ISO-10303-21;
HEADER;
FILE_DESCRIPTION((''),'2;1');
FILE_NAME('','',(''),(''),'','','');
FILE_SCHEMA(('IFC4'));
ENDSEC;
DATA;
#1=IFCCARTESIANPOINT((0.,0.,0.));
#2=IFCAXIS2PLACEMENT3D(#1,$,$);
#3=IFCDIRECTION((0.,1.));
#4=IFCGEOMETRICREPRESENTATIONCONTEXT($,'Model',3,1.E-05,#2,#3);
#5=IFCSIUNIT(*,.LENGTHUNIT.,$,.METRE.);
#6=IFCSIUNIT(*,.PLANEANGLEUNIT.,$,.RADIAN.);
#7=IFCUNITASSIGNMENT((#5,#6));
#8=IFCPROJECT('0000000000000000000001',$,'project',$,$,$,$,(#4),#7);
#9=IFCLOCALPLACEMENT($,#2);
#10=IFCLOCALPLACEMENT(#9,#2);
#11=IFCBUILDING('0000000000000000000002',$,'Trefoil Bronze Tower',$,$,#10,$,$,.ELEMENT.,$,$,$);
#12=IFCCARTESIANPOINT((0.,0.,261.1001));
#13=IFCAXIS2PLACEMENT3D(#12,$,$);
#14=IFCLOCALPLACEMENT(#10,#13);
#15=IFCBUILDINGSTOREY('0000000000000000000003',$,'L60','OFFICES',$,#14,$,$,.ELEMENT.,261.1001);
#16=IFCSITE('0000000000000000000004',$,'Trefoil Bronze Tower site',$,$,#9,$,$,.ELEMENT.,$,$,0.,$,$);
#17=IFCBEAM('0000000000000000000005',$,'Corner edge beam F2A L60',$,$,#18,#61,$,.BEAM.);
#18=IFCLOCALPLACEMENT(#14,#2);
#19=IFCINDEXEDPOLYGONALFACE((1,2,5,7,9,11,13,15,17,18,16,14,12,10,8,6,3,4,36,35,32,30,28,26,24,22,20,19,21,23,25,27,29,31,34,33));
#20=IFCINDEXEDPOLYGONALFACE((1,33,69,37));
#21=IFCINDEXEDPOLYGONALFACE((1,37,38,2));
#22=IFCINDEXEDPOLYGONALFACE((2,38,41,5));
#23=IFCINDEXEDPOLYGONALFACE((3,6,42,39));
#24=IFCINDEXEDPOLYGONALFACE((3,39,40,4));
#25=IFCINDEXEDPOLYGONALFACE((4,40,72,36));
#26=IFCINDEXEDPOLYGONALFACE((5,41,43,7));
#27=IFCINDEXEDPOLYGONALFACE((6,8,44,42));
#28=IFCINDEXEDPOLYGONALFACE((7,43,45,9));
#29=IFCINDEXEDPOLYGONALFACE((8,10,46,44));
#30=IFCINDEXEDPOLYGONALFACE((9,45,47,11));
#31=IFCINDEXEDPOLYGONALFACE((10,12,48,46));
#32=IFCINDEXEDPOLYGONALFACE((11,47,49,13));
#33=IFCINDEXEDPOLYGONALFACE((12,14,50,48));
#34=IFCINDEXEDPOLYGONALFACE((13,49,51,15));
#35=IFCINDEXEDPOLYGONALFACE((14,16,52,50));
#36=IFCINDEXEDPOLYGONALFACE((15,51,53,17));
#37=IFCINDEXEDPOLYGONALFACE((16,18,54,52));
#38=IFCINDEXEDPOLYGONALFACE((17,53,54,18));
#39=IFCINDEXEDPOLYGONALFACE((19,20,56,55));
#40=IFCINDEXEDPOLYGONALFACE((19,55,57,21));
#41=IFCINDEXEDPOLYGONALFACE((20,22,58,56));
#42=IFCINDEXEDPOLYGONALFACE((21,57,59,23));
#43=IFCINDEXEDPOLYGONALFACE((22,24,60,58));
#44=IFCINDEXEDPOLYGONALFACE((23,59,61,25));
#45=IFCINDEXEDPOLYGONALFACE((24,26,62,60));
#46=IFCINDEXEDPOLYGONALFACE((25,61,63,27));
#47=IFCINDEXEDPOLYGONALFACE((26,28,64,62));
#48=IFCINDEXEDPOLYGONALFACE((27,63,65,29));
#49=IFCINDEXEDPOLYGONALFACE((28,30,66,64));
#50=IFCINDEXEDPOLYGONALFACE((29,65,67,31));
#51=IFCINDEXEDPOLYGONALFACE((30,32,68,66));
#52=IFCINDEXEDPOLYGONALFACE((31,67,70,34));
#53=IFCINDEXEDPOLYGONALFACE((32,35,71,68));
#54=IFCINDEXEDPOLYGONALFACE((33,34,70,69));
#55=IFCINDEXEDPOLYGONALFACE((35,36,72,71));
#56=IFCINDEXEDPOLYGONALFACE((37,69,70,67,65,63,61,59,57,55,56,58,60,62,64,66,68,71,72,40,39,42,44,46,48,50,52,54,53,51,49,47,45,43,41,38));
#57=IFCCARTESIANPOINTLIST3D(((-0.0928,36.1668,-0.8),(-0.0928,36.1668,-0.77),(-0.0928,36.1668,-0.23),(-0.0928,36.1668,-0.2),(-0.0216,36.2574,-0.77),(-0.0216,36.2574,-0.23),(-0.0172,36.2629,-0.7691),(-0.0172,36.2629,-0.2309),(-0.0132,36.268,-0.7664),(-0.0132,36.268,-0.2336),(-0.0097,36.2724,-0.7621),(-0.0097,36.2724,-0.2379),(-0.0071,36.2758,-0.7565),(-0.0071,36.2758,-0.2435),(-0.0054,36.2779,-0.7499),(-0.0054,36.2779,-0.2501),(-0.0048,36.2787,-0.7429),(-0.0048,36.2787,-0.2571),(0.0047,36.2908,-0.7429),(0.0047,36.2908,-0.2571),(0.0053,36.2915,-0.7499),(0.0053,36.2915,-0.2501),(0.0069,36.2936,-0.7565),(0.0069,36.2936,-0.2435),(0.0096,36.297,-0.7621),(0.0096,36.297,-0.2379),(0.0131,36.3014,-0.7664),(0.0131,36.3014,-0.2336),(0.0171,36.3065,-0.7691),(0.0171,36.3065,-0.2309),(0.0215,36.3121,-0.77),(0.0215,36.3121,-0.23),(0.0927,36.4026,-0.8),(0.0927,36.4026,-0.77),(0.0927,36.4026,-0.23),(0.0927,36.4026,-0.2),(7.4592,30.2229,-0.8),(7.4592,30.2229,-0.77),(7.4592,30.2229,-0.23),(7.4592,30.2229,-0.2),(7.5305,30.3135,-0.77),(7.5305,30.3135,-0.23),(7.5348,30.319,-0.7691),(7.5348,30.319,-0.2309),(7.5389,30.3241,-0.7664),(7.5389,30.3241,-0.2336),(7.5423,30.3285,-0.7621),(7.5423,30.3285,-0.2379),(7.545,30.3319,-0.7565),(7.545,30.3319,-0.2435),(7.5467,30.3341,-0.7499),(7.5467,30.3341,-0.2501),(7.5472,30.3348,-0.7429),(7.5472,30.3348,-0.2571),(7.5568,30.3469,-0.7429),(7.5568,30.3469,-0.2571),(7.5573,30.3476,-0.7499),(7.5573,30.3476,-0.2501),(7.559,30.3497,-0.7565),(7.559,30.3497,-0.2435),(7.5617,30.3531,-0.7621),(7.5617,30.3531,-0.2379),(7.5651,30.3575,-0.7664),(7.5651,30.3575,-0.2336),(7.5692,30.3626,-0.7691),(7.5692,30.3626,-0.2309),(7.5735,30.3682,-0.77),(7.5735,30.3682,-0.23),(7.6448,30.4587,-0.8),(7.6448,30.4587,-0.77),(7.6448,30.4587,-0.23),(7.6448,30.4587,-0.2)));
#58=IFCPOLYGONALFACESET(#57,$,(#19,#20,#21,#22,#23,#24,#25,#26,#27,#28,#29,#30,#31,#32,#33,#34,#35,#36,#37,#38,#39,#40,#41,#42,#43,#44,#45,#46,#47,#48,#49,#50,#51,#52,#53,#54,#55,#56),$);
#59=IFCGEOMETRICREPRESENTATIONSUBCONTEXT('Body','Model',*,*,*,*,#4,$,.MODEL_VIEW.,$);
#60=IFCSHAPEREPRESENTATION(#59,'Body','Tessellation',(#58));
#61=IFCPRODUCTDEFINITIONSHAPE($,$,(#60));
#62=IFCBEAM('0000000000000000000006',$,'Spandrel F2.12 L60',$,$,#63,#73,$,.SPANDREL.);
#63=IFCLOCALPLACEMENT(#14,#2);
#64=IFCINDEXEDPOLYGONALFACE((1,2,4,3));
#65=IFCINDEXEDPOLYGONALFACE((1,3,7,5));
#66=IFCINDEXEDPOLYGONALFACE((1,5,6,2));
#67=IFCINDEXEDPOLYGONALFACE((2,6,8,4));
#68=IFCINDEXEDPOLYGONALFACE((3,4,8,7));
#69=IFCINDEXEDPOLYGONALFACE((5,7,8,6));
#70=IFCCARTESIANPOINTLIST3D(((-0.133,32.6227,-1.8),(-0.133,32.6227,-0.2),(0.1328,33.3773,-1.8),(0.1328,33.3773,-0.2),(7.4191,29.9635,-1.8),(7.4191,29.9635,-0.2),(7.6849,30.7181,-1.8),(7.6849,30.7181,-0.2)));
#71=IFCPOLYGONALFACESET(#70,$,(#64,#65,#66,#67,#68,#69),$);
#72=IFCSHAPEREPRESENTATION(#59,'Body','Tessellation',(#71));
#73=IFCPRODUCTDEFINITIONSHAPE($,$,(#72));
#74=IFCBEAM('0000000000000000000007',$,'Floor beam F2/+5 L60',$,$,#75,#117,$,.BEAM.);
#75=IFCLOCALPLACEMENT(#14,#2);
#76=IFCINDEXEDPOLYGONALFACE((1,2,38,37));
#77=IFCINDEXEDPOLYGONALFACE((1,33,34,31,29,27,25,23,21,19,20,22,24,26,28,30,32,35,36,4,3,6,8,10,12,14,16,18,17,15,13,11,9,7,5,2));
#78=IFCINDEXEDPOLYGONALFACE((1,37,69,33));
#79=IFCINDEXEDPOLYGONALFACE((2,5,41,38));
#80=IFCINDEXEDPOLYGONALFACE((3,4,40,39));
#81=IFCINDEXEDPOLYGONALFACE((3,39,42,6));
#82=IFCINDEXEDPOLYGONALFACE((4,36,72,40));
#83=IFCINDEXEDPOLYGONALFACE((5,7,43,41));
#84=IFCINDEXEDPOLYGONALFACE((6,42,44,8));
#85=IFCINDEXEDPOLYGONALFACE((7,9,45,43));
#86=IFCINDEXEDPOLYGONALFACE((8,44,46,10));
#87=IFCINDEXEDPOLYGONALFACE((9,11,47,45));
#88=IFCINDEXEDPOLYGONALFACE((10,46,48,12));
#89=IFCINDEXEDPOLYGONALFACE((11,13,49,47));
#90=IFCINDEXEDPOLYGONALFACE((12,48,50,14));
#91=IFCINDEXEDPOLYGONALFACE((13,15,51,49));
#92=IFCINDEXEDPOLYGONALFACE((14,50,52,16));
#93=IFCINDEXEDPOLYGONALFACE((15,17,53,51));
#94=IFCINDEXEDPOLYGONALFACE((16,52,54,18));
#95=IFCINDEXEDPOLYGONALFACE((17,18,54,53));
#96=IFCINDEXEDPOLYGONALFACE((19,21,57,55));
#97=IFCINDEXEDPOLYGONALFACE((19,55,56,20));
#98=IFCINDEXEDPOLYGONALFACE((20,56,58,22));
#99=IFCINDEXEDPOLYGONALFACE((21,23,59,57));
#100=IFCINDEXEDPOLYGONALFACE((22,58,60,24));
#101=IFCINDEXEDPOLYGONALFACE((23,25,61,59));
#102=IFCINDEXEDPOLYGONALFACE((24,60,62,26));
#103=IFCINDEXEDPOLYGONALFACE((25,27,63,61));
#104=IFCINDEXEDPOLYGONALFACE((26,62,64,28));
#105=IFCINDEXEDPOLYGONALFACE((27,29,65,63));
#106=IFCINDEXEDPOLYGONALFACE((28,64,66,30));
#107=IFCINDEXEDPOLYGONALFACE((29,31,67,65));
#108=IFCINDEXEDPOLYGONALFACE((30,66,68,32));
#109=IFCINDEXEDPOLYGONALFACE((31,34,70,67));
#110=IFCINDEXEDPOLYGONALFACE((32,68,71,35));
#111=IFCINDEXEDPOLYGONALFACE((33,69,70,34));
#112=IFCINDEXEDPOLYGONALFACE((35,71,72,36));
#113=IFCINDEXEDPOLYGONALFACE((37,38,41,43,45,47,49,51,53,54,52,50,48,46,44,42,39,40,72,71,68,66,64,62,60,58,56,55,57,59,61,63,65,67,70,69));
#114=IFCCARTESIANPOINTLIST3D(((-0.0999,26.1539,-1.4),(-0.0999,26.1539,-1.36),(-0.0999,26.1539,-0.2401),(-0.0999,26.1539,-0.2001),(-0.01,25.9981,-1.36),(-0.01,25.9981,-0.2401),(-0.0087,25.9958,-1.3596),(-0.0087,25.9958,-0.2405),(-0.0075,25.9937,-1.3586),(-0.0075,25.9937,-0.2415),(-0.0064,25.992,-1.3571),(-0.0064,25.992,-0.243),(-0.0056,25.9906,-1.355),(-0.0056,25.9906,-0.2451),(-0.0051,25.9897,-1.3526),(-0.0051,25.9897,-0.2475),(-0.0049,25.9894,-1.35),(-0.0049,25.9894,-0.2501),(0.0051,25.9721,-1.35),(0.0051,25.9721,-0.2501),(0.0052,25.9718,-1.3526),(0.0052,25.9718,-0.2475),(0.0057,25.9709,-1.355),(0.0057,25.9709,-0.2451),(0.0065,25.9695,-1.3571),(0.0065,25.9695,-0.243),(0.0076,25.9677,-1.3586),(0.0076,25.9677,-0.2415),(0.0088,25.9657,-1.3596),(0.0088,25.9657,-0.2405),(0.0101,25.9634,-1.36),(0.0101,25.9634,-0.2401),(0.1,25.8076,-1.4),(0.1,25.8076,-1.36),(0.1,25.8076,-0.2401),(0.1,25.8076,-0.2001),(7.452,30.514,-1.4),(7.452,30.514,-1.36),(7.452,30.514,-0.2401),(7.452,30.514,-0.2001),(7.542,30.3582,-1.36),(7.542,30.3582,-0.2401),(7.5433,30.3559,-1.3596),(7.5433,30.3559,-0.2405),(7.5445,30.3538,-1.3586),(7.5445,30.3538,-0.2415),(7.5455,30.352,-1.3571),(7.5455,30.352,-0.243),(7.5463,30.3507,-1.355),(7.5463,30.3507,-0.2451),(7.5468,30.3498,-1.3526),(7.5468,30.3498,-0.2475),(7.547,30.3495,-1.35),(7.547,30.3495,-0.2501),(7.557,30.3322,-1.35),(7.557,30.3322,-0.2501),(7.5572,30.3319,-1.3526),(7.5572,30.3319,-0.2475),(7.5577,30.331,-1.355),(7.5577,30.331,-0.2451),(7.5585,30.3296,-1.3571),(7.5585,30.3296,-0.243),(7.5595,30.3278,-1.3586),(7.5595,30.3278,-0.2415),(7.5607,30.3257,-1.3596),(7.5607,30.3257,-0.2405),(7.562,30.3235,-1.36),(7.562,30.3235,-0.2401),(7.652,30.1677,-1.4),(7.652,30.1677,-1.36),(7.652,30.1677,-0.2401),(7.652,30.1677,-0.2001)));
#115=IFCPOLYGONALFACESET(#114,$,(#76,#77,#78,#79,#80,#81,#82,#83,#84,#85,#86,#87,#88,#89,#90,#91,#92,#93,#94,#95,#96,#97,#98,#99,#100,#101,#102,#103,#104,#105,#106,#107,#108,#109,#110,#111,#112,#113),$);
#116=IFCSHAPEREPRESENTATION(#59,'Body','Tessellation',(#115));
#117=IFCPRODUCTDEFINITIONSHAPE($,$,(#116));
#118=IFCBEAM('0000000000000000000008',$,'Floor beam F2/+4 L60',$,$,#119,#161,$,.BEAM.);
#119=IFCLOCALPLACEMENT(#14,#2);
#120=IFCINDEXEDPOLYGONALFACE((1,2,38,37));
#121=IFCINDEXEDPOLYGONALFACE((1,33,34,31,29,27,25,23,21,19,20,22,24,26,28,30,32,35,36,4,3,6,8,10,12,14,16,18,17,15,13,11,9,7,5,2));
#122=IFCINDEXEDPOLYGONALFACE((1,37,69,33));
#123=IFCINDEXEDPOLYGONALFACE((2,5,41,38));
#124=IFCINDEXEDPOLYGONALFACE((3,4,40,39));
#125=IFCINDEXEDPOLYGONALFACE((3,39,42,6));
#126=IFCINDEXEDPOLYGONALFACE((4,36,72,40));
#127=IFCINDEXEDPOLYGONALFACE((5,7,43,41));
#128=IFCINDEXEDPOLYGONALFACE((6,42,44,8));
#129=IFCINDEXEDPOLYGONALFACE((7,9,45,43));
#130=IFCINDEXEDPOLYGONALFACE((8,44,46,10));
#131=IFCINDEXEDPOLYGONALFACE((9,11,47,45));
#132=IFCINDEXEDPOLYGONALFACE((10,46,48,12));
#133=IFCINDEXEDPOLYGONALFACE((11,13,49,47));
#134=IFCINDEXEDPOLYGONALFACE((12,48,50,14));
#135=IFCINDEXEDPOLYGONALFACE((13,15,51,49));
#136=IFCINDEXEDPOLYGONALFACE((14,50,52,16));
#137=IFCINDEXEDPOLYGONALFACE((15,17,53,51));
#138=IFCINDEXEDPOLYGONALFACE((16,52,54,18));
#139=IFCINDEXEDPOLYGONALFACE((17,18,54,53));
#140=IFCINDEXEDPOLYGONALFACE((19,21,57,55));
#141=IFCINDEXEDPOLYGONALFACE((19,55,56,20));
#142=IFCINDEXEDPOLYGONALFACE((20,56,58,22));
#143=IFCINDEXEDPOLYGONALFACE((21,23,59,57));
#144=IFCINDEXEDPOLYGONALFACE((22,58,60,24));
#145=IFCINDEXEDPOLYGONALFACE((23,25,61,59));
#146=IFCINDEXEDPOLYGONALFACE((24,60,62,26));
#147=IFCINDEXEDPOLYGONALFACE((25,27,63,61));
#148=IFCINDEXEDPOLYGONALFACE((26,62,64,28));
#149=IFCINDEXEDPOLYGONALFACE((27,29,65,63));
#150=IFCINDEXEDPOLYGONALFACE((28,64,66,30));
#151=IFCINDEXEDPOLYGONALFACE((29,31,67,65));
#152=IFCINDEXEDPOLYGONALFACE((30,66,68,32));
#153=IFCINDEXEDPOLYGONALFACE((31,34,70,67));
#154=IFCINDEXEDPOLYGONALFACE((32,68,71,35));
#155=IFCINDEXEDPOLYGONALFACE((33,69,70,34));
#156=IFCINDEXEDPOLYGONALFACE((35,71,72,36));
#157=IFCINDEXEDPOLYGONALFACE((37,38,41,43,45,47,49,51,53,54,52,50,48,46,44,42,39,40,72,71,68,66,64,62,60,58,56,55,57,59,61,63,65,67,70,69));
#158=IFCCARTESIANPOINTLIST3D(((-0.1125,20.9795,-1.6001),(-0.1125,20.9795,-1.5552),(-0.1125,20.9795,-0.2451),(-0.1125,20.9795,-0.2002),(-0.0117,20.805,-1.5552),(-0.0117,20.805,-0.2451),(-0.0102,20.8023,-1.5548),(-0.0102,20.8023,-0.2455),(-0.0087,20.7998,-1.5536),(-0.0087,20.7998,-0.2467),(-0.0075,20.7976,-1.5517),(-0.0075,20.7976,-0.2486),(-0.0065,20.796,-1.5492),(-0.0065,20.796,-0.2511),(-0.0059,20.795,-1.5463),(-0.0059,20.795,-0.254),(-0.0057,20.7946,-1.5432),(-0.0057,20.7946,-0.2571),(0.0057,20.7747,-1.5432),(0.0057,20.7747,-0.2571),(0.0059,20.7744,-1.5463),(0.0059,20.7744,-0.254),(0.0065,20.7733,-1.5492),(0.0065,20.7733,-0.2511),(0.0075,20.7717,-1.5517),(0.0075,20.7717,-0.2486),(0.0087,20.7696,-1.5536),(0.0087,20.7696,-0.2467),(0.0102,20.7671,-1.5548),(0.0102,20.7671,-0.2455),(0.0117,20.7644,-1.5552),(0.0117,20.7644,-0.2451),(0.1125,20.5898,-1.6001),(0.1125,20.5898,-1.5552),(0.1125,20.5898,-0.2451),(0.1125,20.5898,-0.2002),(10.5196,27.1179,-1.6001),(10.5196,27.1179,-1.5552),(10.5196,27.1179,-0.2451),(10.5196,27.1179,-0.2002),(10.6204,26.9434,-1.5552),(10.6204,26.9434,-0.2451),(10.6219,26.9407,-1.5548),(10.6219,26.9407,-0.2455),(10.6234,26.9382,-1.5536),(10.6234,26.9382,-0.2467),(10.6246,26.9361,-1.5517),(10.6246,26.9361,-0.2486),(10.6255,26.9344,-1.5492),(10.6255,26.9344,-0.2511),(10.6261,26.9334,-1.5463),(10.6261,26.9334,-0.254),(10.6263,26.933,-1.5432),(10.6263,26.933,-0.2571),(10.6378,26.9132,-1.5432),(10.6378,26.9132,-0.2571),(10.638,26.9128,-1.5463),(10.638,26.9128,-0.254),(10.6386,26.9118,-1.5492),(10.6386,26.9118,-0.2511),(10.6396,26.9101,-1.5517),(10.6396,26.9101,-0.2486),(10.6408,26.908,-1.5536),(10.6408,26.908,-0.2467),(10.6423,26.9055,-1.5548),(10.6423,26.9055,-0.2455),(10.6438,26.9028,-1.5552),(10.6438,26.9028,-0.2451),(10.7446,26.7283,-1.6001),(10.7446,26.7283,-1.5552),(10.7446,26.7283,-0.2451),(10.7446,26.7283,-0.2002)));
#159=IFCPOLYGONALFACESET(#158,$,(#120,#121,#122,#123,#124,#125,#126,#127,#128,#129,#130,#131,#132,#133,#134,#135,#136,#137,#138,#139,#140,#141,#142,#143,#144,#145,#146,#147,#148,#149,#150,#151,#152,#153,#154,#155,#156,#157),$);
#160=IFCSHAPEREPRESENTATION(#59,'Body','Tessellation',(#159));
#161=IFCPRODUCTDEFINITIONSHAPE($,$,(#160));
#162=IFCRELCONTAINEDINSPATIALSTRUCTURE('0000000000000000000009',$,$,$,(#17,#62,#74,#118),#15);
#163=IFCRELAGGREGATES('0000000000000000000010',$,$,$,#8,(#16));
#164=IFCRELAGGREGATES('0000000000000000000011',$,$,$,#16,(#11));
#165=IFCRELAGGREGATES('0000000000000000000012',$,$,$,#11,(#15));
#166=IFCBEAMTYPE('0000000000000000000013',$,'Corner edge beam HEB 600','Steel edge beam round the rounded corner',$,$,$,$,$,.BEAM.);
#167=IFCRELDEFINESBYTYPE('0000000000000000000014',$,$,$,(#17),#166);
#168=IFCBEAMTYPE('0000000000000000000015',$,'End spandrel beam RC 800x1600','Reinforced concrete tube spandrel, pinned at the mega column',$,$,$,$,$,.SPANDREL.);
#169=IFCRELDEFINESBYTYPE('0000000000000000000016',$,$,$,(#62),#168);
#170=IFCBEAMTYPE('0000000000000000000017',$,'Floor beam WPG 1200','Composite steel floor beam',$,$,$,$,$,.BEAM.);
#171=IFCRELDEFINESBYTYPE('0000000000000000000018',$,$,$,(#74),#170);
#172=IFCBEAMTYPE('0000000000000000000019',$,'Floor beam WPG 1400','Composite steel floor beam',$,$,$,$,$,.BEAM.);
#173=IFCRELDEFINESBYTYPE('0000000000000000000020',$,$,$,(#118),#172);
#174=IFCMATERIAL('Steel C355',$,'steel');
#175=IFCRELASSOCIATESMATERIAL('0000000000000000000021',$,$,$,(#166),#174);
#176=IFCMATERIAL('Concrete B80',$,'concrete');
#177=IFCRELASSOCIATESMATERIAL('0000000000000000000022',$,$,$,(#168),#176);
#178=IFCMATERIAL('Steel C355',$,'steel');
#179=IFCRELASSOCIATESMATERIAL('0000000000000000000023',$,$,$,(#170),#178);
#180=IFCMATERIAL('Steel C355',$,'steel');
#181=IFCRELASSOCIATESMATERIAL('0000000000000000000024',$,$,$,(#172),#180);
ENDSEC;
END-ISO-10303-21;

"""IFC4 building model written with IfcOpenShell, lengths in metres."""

from ifc_helpers import new_model, si_unit, direction, frame, origin, origin_2d, place, context, subcontext, project, spatial, rectangle, i_section, extrude, material, material_profile, profile_set, type_object, element, save


model = new_model("IFC4")

# Units and contexts
model_context = context("Model", 3, precision=1e-05, world=origin(), true_north=direction((0.0, 1.0)))
body_context = subcontext(model_context, "Body", "Model", "MODEL_VIEW")
ifc_project = project(units=[si_unit("LENGTHUNIT", "METRE"), si_unit("PLANEANGLEUNIT", "RADIAN")], contexts=[model_context])

# Site, building, storey
site_placement = place(None, origin())
site = spatial("IfcSite", under=ifc_project, at=site_placement, Name="Trefoil Bronze Tower site", CompositionType="ELEMENT", RefElevation=0.0)
building_placement = place(site_placement, origin())
building = spatial("IfcBuilding", under=site, at=building_placement, Name="Trefoil Bronze Tower", CompositionType="ELEMENT")
storey_placement = place(building_placement, frame((0.0, 0.0, 261.1001)))
storey = spatial("IfcBuildingStorey", under=building, at=storey_placement, Name="L60", Description="OFFICES", CompositionType="ELEMENT", Elevation=261.1001)

# Beams
ifc_material_1 = material(Name="Steel C355", Category="steel")
ifc_material_profile_1 = material_profile(ifc_material_1, i_section(OverallWidth=0.3, OverallDepth=0.6001, WebThickness=0.0154, FlangeThickness=0.03, FilletRadius=0.0271, at=origin_2d()), Name="HEB 600")
ifc_profile_set_1 = profile_set([ifc_material_profile_1], Name="Steel C355")
beam_type_1 = type_object("IfcBeamType", Name="Corner edge beam HEB 600", Description="Steel edge beam round the rounded corner", PredefinedType="BEAM", material=ifc_profile_set_1)
beam_1_placement = place(storey_placement, frame((7.552, 30.3408, -0.5), z_axis=(-0.785806, 0.618473, 0.0), x_axis=(-0.618473, -0.785806, 0.0)))
element("IfcBeam", 1, at=beam_1_placement, inside=storey, type_object=beam_type_1, Name="Corner edge beam F2A L60", PredefinedType="BEAM", context=body_context, shape_type="SweptSolid", body=[
    extrude(i_section(OverallWidth=0.3, OverallDepth=0.6001, WebThickness=0.0154, FlangeThickness=0.03, FilletRadius=0.0271, at=origin_2d()), origin(), (0.0, 0.0, 1.0), 9.6106),
])
ifc_material_2 = material(Name="Concrete B80", Category="concrete")
ifc_material_profile_2 = material_profile(ifc_material_2, rectangle(XDim=0.8, YDim=1.6001, at=origin_2d()), Name="RC 800x1600")
ifc_profile_set_2 = profile_set([ifc_material_profile_2], Name="Concrete B80")
beam_type_2 = type_object("IfcBeamType", Name="End spandrel beam RC 800x1600", Description="Reinforced concrete tube spandrel, pinned at the mega column", PredefinedType="SPANDREL", material=ifc_profile_set_2)
beam_2_placement = place(storey_placement, frame((7.552, 30.3408, -1.0), z_axis=(-0.943234, 0.332128, 0.0), x_axis=(-0.332128, -0.943234, 0.0)))
element("IfcBeam", 2, at=beam_2_placement, inside=storey, type_object=beam_type_2, Name="Spandrel F2.12 L60", PredefinedType="SPANDREL", context=body_context, shape_type="SweptSolid", body=[
    extrude(rectangle(XDim=0.8, YDim=1.6001, at=origin_2d()), origin(), (0.0, 0.0, 1.0), 8.0066),
])
ifc_material_3 = material(Name="Steel C355", Category="steel")
ifc_material_profile_3 = material_profile(ifc_material_3, i_section(OverallWidth=0.3999, OverallDepth=1.2, WebThickness=0.02, FlangeThickness=0.04, FilletRadius=0.01, at=origin_2d()), Name="WPG 1200")
ifc_profile_set_3 = profile_set([ifc_material_profile_3], Name="Steel C355")
beam_type_3 = type_object("IfcBeamType", Name="Floor beam WPG 1200", Description="Composite steel floor beam", PredefinedType="BEAM", material=ifc_profile_set_3)
beam_3_placement = place(storey_placement, frame((7.552, 30.3408, -0.8), z_axis=(-0.866028, -0.499996, 0.0), x_axis=(0.499996, -0.866028, 0.0)))
element("IfcBeam", 3, at=beam_3_placement, inside=storey, type_object=beam_type_3, Name="Floor beam F2/+5 L60", PredefinedType="BEAM", context=body_context, shape_type="SweptSolid", body=[
    extrude(i_section(OverallWidth=0.3999, OverallDepth=1.2, WebThickness=0.02, FlangeThickness=0.04, FilletRadius=0.01, at=origin_2d()), origin(), (0.0, 0.0, 1.0), 8.7202),
])
ifc_material_4 = material(Name="Steel C355", Category="steel")
ifc_material_profile_4 = material_profile(ifc_material_4, i_section(OverallWidth=0.45, OverallDepth=1.3999, WebThickness=0.0229, FlangeThickness=0.0449, FilletRadius=0.012, at=origin_2d()), Name="WPG 1400")
ifc_profile_set_4 = profile_set([ifc_material_profile_4], Name="Steel C355")
beam_type_4 = type_object("IfcBeamType", Name="Floor beam WPG 1400", Description="Composite steel floor beam", PredefinedType="BEAM", material=ifc_profile_set_4)
beam_4_placement = place(storey_placement, frame((10.6321, 26.9231, -0.9001), z_axis=(-0.866026, -0.5, 0.0), x_axis=(0.5, -0.866026, 0.0)))
element("IfcBeam", 4, at=beam_4_placement, inside=storey, type_object=beam_type_4, Name="Floor beam F2/+4 L60", PredefinedType="BEAM", context=body_context, shape_type="SweptSolid", body=[
    extrude(i_section(OverallWidth=0.45, OverallDepth=1.3999, WebThickness=0.0229, FlangeThickness=0.0449, FilletRadius=0.012, at=origin_2d()), origin(), (0.0, 0.0, 1.0), 12.2769),
])

save(model, "model.ifc")
